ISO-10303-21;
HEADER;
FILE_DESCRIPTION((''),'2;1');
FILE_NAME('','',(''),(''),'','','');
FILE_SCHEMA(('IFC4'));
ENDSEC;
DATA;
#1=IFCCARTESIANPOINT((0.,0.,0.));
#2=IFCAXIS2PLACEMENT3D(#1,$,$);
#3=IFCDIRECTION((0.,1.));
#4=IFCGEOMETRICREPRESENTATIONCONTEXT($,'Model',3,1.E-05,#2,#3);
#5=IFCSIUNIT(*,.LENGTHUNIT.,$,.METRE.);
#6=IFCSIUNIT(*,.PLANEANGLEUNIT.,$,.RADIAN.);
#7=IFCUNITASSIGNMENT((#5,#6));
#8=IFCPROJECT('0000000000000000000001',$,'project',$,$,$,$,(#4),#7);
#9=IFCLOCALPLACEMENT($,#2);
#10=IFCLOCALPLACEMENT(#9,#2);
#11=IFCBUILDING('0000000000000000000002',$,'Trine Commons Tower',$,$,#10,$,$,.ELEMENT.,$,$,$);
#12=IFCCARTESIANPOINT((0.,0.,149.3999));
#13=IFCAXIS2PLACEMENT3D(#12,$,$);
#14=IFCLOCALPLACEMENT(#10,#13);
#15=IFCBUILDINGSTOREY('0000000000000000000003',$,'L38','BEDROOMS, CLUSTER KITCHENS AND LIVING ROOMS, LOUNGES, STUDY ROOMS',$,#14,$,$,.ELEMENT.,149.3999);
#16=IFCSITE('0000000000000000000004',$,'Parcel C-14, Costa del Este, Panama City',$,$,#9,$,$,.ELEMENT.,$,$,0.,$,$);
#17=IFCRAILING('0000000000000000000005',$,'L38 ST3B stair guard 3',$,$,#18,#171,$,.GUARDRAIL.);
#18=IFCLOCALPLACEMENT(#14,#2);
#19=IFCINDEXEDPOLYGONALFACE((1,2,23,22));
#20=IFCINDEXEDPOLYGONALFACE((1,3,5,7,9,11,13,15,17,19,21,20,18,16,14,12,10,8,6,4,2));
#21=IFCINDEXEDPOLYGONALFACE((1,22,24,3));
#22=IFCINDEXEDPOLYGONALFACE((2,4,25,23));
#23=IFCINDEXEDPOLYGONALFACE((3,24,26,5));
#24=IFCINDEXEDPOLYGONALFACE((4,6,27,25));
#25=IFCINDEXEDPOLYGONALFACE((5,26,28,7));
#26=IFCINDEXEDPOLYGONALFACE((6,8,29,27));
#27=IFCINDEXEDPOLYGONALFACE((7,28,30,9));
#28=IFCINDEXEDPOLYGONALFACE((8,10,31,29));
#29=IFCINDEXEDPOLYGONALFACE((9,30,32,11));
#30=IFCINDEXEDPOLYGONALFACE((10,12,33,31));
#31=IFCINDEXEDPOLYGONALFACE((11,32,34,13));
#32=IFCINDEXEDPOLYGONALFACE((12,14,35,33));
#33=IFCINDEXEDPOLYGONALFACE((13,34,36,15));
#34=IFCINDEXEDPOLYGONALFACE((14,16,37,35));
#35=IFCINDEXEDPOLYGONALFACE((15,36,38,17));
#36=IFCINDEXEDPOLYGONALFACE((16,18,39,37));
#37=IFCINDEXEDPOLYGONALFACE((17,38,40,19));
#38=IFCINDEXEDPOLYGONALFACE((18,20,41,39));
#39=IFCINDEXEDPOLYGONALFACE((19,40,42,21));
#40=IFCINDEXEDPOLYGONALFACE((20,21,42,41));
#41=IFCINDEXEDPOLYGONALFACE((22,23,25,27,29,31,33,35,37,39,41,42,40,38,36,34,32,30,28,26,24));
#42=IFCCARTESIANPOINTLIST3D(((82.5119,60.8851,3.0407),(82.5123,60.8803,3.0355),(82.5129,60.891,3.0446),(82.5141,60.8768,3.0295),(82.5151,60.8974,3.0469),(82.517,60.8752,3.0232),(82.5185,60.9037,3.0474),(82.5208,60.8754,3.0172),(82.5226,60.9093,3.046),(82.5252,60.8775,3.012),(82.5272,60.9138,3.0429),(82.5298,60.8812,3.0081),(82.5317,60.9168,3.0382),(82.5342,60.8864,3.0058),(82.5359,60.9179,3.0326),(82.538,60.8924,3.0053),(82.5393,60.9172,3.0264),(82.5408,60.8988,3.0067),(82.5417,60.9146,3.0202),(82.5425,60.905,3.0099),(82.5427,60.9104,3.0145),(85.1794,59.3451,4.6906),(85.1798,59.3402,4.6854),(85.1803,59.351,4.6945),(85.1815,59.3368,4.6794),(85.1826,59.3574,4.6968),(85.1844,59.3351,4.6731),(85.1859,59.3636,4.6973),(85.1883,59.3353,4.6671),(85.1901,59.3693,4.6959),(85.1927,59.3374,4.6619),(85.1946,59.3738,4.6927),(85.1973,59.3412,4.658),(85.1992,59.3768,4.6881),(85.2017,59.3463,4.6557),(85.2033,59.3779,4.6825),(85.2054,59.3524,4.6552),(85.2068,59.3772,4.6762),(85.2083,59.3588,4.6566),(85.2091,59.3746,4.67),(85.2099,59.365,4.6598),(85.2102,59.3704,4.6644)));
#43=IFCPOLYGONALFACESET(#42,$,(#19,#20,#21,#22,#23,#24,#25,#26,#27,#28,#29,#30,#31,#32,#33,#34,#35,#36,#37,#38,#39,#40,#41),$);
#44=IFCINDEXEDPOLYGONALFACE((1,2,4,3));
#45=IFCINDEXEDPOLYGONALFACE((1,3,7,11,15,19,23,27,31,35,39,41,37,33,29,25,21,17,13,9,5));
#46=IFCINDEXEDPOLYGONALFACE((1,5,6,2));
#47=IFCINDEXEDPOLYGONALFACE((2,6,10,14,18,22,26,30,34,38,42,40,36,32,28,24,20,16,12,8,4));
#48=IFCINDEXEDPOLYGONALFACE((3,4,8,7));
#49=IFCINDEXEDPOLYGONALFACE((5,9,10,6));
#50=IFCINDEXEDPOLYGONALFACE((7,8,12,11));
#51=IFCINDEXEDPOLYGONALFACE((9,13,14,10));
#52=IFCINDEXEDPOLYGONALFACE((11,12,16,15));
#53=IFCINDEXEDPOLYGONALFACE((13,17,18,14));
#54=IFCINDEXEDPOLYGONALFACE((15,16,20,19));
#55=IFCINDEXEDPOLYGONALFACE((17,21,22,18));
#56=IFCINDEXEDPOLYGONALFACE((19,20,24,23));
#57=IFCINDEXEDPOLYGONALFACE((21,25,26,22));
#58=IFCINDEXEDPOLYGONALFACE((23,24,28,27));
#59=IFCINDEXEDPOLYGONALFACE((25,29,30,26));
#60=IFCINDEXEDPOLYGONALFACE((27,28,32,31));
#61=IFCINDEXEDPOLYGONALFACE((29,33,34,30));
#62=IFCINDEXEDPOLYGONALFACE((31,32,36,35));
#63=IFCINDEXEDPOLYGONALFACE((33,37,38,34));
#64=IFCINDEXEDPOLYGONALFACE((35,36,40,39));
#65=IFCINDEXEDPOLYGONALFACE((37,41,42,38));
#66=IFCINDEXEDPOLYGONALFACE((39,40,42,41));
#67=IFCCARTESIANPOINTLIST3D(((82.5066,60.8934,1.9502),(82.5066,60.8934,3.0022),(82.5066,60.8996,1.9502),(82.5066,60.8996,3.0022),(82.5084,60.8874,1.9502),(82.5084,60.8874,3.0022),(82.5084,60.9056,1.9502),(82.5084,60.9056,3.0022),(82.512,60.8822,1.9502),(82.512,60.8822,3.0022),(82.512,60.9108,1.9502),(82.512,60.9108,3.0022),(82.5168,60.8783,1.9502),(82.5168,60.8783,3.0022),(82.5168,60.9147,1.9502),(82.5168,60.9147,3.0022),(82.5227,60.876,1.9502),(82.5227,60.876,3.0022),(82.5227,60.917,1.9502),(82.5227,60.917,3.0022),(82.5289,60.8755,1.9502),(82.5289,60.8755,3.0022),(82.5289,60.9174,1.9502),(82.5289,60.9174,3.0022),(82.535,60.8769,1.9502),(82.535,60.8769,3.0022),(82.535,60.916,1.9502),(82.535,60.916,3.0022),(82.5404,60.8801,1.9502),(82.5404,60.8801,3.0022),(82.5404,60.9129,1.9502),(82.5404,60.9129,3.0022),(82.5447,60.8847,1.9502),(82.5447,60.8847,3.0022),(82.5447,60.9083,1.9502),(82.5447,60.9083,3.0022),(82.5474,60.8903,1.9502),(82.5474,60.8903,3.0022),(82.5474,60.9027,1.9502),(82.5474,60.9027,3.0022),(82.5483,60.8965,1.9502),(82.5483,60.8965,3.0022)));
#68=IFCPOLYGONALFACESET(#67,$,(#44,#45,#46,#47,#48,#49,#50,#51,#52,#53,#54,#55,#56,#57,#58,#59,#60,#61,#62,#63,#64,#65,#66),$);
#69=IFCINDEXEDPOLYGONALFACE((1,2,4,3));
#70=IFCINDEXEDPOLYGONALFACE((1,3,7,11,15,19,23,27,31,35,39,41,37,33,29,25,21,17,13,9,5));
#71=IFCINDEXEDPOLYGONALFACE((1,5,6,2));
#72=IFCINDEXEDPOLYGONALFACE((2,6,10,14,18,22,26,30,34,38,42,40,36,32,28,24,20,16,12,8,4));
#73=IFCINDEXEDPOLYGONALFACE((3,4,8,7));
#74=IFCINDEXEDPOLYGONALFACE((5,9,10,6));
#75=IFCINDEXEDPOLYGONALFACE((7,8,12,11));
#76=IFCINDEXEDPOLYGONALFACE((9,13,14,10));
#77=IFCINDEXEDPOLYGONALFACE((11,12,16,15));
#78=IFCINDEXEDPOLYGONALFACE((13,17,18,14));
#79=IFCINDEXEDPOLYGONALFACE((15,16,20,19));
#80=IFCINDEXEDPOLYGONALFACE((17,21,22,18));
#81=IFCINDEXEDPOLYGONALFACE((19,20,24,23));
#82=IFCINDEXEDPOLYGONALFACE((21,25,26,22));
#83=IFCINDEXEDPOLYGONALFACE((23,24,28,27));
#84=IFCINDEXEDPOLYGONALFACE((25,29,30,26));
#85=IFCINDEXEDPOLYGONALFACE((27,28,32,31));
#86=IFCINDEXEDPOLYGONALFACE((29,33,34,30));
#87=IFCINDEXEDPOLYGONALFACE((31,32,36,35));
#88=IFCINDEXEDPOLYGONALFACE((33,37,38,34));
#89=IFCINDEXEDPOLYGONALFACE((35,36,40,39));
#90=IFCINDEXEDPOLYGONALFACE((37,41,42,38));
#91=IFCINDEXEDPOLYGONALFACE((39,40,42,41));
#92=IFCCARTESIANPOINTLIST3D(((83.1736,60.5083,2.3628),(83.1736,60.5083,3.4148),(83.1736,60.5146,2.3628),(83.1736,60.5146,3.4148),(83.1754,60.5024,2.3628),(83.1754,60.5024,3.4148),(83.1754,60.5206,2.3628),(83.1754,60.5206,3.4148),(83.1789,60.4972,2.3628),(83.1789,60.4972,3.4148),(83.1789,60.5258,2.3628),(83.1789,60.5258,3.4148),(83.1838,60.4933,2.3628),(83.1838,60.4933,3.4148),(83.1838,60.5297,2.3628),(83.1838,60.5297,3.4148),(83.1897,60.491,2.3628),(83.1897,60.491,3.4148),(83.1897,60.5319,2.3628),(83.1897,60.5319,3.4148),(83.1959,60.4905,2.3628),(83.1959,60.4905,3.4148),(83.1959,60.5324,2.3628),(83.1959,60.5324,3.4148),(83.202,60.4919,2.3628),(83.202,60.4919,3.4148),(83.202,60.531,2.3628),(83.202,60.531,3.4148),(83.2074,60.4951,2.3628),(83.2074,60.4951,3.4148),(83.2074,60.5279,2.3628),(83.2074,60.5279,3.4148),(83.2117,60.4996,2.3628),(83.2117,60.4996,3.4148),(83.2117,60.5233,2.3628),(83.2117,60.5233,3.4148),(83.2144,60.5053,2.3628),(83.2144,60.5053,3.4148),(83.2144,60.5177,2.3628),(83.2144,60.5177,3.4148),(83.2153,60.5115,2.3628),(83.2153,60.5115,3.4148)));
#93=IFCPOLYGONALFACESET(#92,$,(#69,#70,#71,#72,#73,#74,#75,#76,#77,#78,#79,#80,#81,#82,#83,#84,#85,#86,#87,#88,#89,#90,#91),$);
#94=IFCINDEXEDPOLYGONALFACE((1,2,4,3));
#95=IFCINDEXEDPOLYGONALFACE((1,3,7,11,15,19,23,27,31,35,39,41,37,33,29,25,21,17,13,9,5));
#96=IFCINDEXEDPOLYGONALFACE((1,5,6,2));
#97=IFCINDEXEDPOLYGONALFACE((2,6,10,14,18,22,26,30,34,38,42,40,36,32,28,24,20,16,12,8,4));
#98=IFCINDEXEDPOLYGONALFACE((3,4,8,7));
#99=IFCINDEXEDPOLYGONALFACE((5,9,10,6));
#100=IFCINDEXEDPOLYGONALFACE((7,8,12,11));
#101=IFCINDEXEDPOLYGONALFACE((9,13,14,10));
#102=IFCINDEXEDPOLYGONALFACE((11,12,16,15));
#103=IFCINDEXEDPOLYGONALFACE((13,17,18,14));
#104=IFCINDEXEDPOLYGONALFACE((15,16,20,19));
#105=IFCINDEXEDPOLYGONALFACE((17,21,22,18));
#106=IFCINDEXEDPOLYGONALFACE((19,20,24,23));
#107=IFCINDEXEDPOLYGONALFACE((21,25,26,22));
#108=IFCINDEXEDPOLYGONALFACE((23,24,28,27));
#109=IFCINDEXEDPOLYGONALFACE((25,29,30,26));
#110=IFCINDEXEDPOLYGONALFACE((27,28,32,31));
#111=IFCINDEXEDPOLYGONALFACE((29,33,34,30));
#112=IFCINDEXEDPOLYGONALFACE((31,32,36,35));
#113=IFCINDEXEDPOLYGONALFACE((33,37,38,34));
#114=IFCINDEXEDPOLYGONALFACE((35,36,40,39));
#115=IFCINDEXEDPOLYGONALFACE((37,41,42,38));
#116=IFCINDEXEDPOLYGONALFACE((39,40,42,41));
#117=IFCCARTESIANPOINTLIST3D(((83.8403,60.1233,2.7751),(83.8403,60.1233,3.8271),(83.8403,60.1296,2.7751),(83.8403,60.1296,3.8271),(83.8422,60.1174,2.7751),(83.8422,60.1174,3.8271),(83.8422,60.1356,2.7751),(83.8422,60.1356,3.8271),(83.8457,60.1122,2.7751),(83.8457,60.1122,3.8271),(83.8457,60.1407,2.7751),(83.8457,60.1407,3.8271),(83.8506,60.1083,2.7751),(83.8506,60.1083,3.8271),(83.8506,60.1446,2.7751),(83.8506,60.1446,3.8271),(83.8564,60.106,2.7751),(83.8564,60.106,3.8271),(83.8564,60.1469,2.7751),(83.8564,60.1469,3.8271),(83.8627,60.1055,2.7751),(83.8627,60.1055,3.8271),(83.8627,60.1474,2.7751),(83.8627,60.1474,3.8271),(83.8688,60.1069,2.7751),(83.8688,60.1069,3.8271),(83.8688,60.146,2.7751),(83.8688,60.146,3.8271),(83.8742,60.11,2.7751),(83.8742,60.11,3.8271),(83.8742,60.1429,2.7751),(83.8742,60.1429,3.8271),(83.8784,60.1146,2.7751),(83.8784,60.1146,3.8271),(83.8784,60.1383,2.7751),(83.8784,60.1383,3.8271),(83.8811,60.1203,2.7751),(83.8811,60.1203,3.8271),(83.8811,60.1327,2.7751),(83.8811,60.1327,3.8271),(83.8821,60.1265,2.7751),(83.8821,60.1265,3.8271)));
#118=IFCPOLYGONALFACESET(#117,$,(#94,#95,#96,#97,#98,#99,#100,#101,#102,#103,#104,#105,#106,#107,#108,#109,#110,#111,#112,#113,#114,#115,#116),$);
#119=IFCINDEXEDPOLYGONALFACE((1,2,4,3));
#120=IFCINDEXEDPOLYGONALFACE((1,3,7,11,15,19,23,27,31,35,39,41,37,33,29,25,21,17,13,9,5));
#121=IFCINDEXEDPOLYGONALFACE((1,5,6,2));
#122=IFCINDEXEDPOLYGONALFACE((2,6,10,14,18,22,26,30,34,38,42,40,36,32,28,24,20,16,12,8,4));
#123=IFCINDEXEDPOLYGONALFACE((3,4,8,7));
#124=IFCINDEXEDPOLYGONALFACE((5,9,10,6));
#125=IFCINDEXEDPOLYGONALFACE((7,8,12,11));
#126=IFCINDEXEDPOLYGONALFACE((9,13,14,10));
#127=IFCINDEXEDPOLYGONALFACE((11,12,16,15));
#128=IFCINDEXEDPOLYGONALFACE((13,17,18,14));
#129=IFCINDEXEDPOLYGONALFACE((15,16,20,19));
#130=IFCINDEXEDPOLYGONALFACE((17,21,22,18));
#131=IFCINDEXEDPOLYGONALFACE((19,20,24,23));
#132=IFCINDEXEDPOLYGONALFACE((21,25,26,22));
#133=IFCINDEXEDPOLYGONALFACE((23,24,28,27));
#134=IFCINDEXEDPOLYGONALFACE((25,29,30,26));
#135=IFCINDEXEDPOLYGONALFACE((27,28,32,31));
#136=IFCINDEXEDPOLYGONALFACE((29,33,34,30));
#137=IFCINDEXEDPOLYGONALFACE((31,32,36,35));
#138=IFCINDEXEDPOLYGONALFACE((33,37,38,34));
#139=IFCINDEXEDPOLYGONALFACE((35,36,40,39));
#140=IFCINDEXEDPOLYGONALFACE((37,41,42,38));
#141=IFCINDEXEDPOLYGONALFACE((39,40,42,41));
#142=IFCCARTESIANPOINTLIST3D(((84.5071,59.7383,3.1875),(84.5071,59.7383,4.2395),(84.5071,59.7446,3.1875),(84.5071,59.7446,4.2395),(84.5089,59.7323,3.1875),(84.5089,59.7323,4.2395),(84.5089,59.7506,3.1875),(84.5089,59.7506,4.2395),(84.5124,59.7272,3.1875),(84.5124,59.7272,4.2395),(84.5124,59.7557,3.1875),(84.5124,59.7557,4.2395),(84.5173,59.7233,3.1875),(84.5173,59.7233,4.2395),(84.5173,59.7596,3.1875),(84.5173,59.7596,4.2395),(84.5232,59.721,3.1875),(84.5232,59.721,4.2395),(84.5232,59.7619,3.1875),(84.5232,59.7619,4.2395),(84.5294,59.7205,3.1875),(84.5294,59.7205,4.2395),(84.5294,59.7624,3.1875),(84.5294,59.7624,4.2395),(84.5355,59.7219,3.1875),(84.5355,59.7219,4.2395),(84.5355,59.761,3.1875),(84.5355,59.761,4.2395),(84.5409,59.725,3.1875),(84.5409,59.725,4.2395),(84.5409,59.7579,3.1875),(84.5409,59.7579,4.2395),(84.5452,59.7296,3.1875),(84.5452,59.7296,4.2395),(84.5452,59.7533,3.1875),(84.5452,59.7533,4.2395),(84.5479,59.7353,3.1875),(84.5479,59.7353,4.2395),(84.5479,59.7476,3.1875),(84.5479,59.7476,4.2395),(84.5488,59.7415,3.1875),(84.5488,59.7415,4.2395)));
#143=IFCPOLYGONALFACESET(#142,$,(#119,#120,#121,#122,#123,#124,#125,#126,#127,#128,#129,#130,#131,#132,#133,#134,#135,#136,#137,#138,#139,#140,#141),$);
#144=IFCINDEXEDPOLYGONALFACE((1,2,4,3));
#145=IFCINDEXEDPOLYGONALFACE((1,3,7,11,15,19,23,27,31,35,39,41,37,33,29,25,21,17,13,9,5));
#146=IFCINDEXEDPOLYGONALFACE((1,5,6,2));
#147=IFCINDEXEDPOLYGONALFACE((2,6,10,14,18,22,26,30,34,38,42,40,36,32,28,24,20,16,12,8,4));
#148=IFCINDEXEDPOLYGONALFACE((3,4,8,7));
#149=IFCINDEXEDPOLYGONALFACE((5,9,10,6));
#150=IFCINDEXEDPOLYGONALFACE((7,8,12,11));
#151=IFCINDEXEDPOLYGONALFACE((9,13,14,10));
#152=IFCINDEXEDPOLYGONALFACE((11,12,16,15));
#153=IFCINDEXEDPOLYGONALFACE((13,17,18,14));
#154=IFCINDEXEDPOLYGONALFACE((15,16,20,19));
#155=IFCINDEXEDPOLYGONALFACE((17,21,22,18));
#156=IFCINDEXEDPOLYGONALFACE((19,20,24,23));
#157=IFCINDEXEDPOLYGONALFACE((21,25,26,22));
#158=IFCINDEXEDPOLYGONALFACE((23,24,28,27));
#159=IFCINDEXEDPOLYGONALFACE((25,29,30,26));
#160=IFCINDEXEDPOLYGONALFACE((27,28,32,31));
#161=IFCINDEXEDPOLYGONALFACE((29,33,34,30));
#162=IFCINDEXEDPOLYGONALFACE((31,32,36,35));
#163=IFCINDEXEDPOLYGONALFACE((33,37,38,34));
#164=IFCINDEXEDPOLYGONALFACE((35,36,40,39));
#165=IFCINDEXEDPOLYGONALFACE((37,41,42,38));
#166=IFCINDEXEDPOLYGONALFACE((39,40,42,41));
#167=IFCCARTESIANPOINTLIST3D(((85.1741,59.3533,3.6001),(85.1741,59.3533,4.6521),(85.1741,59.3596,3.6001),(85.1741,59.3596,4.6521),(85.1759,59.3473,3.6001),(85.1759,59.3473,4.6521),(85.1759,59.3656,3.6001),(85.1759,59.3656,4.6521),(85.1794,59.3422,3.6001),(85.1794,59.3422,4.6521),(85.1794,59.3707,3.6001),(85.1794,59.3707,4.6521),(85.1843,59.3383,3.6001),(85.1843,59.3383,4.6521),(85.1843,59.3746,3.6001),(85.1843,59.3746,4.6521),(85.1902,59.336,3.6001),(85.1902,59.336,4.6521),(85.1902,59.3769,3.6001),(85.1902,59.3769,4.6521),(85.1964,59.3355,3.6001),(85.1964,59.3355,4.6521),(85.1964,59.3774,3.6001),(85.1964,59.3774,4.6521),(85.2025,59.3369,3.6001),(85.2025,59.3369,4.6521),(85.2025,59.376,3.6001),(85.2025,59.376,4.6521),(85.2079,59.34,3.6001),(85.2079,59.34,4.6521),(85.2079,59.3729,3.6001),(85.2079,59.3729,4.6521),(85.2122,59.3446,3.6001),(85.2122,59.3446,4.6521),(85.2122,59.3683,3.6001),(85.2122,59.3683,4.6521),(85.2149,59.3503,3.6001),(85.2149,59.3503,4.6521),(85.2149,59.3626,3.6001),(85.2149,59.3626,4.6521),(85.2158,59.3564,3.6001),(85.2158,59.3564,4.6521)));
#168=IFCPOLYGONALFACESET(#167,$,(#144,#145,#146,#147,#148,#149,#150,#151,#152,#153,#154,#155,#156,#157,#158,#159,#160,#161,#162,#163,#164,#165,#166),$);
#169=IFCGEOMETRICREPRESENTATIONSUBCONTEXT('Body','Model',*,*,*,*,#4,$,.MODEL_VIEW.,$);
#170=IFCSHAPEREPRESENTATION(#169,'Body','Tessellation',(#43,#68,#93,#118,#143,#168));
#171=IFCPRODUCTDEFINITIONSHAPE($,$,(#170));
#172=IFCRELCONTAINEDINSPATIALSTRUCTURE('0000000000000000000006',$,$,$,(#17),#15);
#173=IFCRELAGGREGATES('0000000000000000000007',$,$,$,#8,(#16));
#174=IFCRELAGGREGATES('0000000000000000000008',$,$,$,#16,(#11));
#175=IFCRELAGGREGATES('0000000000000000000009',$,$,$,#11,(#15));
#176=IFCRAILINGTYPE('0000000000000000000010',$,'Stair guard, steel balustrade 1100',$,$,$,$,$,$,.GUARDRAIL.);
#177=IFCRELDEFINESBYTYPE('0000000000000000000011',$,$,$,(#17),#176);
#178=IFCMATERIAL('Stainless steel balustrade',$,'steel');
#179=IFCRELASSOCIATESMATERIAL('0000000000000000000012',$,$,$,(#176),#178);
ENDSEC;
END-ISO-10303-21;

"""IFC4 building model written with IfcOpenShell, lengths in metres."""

from ifc_helpers import new_model, si_unit, direction, frame, origin, origin_2d, place, context, subcontext, project, spatial, circle, extrude, material, type_object, element, save


model = new_model("IFC4")

# Units and contexts
model_context = context("Model", 3, precision=1e-05, world=origin(), true_north=direction((0.0, 1.0)))
body_context = subcontext(model_context, "Body", "Model", "MODEL_VIEW")
ifc_project = project(units=[si_unit("LENGTHUNIT", "METRE"), si_unit("PLANEANGLEUNIT", "RADIAN")], contexts=[model_context])

# Site, building, storey
site_placement = place(None, origin())
site = spatial("IfcSite", under=ifc_project, at=site_placement, Name="Parcel C-14, Costa del Este, Panama City", CompositionType="ELEMENT", RefElevation=0.0)
building_placement = place(site_placement, origin())
building = spatial("IfcBuilding", under=site, at=building_placement, Name="Trine Commons Tower", CompositionType="ELEMENT")
storey_placement = place(building_placement, frame((0.0, 0.0, 149.3999)))
storey = spatial("IfcBuildingStorey", under=building, at=storey_placement, Name="L38", Description="BEDROOMS, CLUSTER KITCHENS AND LIVING ROOMS, LOUNGES, STUDY ROOMS", CompositionType="ELEMENT", Elevation=149.3999)

# Railing
ifc_material_1 = material(Name="Stainless steel balustrade", Category="steel")
railing_type_1 = type_object("IfcRailingType", Name="Stair guard, steel balustrade 1100", PredefinedType="GUARDRAIL", material=ifc_material_1)
railing_1_placement = place(storey_placement, frame((82.5273, 60.8965, 1.9502)))
element("IfcRailing", 1, at=railing_1_placement, inside=storey, type_object=railing_type_1, Name="L38 ST3B stair guard 3", PredefinedType="GUARDRAIL", context=body_context, shape_type="SweptSolid", body=[
    extrude(circle(Radius=0.0239, at=origin_2d()), frame((0.0, 0.0, 1.0762), z_axis=(0.763405, -0.440743, 0.472185), x_axis=(0.499992, 0.86603, 0.0)), (0.0, 0.0, 1.0), 3.4941),
    extrude(circle(Radius=0.021, at=origin_2d()), origin(), (0.0, 0.0, 1.0), 1.052),
    extrude(circle(Radius=0.021, at=origin_2d()), frame((0.667, -0.385, 0.4126)), (0.0, 0.0, 1.0), 1.052),
    extrude(circle(Radius=0.021, at=origin_2d()), frame((1.3337, -0.77, 0.825)), (0.0, 0.0, 1.0), 1.052),
    extrude(circle(Radius=0.021, at=origin_2d()), frame((2.0005, -1.155, 1.2373)), (0.0, 0.0, 1.0), 1.052),
    extrude(circle(Radius=0.021, at=origin_2d()), frame((2.6675, -1.54, 1.6499)), (0.0, 0.0, 1.0), 1.052),
])

save(model, "model.ifc")
